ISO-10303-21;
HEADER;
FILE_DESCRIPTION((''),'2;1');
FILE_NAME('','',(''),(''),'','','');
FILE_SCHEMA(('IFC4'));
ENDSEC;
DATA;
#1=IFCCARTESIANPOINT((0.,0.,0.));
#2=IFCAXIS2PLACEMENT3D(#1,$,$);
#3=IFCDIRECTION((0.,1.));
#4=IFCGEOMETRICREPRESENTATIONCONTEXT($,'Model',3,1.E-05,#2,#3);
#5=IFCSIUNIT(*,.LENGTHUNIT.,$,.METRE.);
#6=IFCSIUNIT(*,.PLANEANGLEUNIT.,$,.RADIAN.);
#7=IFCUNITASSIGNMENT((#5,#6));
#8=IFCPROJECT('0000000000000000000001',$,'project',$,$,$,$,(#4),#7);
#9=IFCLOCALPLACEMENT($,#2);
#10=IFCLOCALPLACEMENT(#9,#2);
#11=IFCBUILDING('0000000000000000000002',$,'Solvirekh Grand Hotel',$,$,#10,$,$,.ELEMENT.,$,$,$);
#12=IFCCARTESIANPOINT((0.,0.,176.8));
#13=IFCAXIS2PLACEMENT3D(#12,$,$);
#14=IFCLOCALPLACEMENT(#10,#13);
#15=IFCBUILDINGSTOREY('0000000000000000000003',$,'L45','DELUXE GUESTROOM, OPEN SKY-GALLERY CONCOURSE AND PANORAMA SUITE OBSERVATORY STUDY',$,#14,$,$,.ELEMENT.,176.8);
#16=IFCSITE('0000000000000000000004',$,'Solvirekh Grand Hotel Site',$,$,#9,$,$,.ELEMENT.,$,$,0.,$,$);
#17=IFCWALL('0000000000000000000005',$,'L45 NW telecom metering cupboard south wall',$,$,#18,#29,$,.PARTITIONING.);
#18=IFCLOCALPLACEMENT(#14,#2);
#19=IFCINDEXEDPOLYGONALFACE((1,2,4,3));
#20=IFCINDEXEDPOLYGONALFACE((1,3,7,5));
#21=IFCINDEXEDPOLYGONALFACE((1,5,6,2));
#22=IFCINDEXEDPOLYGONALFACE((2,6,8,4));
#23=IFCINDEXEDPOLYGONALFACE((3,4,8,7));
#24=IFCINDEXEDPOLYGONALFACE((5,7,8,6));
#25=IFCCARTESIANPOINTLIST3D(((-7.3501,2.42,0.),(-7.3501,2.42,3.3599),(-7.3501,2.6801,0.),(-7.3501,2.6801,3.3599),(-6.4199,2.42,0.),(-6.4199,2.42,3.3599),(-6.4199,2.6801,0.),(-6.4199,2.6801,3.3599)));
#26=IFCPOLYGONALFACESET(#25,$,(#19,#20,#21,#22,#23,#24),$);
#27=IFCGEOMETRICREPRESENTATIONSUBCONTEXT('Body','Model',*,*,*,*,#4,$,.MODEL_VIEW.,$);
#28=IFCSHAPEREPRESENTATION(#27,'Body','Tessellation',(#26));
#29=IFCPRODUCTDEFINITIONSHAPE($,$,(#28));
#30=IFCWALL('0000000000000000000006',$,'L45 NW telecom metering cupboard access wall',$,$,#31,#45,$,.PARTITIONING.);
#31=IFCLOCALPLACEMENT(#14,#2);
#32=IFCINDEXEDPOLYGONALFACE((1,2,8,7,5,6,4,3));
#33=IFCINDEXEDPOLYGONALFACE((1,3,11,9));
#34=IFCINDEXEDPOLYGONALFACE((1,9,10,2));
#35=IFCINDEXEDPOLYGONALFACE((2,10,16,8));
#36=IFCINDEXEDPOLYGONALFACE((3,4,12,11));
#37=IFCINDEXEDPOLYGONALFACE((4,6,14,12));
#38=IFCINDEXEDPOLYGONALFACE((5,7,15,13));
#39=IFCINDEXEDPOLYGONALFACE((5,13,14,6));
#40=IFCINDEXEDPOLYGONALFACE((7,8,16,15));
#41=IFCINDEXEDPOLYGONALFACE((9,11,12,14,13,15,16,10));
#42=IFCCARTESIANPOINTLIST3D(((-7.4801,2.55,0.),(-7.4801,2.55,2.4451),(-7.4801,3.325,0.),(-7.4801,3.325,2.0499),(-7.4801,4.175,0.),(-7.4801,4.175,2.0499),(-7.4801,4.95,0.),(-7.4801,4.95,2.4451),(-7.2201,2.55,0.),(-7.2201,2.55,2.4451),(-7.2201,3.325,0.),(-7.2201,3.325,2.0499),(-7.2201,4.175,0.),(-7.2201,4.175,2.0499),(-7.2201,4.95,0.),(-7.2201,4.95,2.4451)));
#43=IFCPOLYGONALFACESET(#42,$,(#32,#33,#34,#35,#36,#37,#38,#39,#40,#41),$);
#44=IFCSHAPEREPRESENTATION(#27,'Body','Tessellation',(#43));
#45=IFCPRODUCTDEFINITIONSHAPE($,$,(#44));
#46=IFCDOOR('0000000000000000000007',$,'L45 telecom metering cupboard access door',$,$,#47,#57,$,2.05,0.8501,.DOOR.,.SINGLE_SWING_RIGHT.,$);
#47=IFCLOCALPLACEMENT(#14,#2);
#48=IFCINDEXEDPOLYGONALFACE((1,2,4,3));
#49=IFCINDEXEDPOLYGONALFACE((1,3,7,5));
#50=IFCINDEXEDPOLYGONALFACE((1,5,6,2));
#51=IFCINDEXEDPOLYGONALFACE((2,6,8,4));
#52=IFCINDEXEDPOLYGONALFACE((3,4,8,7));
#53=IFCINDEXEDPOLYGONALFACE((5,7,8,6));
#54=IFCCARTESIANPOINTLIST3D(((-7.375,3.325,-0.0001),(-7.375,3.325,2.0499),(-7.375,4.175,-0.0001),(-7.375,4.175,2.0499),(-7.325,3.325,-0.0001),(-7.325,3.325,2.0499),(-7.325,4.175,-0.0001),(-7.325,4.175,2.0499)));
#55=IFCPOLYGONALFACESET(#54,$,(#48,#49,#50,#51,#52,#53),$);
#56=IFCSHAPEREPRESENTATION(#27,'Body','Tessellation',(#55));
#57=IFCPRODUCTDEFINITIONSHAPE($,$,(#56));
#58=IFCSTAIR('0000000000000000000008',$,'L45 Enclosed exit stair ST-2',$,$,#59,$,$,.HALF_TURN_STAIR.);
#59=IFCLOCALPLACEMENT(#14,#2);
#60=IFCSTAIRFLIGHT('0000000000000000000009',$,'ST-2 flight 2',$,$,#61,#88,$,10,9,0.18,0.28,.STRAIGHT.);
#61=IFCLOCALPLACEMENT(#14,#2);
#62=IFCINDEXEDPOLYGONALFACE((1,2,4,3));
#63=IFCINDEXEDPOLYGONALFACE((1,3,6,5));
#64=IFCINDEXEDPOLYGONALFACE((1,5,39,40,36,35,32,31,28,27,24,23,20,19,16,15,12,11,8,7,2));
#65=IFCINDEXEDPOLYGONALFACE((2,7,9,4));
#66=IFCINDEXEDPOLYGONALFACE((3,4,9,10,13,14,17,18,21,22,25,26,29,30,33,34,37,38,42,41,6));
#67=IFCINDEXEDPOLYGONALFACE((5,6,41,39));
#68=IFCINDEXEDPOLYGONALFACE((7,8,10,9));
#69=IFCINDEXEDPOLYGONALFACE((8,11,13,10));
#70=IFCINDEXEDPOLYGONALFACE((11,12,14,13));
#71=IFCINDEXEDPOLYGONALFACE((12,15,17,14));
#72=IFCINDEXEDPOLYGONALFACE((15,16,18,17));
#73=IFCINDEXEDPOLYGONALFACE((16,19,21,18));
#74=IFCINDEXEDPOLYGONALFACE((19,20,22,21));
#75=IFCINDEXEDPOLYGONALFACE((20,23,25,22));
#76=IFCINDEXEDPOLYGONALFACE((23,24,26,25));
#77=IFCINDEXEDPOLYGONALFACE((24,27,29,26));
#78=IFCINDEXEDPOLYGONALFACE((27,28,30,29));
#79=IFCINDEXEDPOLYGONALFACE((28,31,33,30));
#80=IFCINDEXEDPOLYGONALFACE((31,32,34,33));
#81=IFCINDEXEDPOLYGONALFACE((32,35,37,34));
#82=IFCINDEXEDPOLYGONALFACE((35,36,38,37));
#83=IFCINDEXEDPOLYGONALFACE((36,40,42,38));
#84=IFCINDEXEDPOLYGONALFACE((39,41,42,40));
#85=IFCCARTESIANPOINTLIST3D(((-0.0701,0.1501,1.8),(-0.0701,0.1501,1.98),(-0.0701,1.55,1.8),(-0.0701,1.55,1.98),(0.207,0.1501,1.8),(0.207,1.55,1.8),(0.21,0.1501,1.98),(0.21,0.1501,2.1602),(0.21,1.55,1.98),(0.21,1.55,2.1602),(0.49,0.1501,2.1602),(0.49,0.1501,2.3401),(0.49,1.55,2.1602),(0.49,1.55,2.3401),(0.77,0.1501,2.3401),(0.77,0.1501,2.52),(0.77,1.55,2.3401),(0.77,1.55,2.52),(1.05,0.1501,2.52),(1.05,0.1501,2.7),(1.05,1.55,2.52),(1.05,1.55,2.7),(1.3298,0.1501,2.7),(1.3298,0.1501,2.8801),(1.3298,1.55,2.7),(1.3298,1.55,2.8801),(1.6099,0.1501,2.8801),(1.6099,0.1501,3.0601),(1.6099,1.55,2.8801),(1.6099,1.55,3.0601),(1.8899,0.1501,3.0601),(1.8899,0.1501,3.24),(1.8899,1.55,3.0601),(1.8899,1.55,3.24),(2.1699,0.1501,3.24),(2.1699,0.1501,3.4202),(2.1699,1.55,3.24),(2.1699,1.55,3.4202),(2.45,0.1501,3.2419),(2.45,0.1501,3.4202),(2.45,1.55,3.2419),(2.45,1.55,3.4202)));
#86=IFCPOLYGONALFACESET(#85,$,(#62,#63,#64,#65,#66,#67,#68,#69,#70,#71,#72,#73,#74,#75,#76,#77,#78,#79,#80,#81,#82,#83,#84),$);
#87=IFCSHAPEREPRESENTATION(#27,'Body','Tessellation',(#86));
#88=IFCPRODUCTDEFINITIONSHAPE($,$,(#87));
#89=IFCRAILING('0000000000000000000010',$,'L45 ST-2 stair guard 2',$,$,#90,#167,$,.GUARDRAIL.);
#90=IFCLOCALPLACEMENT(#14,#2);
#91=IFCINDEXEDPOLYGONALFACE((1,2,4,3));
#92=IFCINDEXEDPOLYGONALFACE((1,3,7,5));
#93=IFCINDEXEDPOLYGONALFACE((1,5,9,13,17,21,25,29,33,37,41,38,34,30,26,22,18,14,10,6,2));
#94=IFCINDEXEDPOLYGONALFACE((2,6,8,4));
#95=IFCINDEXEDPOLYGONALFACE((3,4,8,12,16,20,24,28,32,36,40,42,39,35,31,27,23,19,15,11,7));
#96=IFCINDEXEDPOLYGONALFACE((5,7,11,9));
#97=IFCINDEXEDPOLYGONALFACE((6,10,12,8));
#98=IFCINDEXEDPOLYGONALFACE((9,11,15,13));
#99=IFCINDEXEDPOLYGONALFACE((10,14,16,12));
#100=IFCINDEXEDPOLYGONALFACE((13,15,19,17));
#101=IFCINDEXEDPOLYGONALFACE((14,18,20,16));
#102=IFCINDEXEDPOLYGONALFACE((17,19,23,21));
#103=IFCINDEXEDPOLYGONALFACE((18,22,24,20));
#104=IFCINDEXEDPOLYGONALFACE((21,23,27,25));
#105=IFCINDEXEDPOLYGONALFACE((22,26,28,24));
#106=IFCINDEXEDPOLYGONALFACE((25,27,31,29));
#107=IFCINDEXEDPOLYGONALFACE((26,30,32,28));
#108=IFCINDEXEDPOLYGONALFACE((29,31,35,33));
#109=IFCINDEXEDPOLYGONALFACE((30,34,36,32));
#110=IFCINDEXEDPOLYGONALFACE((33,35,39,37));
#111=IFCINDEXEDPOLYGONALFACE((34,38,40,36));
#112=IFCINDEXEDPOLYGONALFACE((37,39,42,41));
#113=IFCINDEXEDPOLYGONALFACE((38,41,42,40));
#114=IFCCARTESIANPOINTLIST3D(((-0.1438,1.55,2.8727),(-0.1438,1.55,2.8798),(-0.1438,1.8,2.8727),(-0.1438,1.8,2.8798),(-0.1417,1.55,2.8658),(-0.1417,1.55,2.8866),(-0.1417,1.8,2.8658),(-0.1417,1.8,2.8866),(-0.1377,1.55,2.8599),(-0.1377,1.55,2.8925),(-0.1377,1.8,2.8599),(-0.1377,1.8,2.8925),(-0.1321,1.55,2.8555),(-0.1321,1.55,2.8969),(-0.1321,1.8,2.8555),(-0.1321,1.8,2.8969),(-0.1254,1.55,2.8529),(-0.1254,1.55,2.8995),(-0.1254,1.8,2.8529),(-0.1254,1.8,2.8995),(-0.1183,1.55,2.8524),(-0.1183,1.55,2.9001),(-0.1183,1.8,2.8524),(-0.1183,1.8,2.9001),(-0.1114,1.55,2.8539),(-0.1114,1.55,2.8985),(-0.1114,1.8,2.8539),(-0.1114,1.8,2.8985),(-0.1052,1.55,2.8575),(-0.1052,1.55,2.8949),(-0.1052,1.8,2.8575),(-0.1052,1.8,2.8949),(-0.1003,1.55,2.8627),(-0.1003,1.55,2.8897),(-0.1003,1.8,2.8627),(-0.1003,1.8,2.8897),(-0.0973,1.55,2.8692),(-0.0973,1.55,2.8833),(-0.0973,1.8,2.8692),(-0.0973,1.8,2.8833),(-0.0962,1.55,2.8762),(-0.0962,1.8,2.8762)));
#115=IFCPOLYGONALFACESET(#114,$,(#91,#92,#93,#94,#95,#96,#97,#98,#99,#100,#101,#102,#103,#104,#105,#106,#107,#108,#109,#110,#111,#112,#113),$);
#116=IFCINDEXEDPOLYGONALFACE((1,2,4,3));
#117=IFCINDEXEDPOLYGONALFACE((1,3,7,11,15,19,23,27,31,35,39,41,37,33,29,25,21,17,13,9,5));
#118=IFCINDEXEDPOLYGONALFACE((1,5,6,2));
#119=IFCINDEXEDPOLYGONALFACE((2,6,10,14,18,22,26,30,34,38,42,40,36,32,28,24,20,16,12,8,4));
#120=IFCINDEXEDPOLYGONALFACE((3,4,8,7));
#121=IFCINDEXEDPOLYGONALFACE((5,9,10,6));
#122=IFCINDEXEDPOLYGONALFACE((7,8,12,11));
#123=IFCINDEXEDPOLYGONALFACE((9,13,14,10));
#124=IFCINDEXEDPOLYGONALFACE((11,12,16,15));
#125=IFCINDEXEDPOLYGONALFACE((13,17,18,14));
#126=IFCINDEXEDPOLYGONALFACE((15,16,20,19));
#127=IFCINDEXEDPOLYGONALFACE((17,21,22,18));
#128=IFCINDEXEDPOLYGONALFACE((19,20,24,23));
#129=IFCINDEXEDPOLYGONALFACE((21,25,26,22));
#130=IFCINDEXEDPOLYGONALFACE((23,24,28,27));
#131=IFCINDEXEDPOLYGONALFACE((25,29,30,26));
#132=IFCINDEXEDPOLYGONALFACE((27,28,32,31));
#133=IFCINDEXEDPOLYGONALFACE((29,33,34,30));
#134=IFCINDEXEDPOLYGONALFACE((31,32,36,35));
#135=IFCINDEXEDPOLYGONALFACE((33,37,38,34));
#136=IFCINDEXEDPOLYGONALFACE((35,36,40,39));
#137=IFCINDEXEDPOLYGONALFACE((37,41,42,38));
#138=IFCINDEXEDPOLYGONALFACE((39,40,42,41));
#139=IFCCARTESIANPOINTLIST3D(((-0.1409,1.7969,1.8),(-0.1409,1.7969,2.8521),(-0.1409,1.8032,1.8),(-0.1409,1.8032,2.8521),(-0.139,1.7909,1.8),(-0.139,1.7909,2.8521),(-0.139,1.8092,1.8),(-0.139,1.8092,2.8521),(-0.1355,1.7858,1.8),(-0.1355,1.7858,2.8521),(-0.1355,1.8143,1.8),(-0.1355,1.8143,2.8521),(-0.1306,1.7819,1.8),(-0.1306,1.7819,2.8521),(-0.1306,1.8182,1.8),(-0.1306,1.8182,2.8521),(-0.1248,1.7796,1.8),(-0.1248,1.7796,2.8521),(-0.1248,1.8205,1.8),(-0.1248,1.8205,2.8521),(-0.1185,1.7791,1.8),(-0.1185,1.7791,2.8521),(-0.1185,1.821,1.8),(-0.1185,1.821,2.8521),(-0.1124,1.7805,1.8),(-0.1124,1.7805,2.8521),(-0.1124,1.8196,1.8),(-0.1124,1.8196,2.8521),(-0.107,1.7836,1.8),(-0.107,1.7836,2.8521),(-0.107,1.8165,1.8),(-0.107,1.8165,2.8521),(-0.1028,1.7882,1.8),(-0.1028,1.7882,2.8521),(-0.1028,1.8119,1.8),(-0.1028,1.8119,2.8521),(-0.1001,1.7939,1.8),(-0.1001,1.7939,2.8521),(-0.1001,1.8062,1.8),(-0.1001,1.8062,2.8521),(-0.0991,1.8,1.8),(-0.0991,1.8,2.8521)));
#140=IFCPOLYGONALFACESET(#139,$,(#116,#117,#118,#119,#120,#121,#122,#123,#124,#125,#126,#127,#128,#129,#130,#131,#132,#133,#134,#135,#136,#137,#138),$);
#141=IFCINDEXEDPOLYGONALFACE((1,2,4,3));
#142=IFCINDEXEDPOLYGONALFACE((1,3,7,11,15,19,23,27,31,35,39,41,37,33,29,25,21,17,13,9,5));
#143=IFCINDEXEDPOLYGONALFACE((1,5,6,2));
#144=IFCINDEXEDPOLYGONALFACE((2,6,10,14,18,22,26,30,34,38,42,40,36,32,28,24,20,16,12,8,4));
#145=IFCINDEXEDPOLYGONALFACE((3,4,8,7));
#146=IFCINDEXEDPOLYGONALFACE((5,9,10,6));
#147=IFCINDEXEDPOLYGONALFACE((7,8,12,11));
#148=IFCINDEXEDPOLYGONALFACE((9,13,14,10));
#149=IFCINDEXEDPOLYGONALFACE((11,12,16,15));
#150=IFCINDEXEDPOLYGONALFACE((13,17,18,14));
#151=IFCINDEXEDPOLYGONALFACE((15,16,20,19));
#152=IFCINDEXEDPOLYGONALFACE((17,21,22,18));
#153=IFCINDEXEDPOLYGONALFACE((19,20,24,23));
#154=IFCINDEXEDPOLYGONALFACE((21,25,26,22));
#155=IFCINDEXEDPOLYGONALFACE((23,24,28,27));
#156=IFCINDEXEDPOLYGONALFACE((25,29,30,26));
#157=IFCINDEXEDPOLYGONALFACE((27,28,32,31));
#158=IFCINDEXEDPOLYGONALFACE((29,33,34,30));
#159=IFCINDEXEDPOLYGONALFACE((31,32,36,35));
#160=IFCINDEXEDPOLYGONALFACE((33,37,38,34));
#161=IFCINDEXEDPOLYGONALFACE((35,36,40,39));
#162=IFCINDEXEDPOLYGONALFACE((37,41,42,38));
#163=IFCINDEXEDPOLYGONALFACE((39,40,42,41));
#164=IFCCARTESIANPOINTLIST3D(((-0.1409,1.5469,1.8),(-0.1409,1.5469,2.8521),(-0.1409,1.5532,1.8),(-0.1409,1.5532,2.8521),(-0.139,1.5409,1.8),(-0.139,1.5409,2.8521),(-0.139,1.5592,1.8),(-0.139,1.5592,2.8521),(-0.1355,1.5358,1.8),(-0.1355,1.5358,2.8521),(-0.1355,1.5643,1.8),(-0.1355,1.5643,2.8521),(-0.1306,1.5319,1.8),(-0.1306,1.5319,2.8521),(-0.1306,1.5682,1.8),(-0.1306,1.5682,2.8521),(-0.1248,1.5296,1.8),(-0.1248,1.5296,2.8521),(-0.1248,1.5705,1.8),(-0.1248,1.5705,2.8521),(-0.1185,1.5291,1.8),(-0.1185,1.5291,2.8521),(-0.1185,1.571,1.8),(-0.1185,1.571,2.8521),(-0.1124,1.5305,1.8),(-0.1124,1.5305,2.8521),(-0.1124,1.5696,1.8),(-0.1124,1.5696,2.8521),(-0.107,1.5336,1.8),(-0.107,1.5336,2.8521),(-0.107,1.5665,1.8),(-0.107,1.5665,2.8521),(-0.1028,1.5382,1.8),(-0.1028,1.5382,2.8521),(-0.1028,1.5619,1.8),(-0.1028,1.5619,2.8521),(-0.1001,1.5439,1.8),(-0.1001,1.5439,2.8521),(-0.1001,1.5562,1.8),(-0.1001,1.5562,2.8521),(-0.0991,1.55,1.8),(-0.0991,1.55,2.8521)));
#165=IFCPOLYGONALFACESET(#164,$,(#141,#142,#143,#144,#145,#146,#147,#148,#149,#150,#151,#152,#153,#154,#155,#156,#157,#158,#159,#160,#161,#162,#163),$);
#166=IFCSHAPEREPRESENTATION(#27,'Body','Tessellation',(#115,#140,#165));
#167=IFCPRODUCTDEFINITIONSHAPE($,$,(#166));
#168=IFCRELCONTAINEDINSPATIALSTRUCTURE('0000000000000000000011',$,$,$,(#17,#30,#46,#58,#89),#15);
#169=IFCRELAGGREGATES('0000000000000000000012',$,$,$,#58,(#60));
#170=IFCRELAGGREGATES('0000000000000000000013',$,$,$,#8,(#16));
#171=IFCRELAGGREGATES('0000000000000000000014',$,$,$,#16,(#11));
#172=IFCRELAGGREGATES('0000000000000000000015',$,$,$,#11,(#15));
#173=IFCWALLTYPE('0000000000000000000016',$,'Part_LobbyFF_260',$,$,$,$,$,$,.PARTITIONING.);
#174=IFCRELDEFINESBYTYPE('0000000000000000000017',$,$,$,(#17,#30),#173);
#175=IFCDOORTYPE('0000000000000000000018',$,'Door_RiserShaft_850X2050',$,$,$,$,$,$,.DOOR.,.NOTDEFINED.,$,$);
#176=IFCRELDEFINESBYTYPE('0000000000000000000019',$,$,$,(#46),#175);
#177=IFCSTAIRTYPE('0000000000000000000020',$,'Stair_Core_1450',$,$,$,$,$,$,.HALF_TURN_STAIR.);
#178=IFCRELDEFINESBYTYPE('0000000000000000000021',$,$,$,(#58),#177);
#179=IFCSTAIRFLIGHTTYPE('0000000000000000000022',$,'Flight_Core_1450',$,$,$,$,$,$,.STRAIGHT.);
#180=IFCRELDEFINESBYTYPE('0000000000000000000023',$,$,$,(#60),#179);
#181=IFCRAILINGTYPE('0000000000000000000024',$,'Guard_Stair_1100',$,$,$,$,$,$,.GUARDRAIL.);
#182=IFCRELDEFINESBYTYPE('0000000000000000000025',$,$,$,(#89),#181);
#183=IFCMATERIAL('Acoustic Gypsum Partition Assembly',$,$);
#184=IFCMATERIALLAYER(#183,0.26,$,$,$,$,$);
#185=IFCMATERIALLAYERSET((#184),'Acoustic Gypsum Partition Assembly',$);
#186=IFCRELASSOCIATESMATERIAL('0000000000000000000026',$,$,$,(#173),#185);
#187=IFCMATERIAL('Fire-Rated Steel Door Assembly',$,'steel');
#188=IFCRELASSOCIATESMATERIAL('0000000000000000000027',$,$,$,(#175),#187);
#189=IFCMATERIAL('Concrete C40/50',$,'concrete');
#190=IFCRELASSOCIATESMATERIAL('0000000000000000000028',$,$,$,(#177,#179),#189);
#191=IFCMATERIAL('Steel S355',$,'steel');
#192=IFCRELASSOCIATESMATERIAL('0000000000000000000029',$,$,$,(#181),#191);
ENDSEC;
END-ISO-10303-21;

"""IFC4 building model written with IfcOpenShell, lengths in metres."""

from ifc_helpers import new_model, si_unit, direction, frame, frame_2d, origin, origin_2d, place, context, subcontext, project, spatial, polyline, rectangle, circle, outline, extrude, material, layer, layer_set, type_object, element, fill, aggregate, save


model = new_model("IFC4")

# Units and contexts
model_context = context("Model", 3, precision=1e-05, world=origin(), true_north=direction((0.0, 1.0)))
body_context = subcontext(model_context, "Body", "Model", "MODEL_VIEW")
ifc_project = project(units=[si_unit("LENGTHUNIT", "METRE"), si_unit("PLANEANGLEUNIT", "RADIAN")], contexts=[model_context])

# Site, building, storey
site_placement = place(None, origin())
site = spatial("IfcSite", under=ifc_project, at=site_placement, Name="Solvirekh Grand Hotel Site", CompositionType="ELEMENT", RefElevation=0.0)
building_placement = place(site_placement, origin())
building = spatial("IfcBuilding", under=site, at=building_placement, Name="Solvirekh Grand Hotel", CompositionType="ELEMENT")
storey_placement = place(building_placement, frame((0.0, 0.0, 176.8)))
storey = spatial("IfcBuildingStorey", under=building, at=storey_placement, Name="L45", Description="DELUXE GUESTROOM, OPEN SKY-GALLERY CONCOURSE AND PANORAMA SUITE OBSERVATORY STUDY", CompositionType="ELEMENT", Elevation=176.8)

# Shared definitions
ifc_material_1 = material(Name="Concrete C40/50", Category="concrete")
ifc_material_2 = material(Name="Fire-Rated Steel Door Assembly", Category="steel")

# Wall
ifc_material_3 = material(Name="Acoustic Gypsum Partition Assembly")
ifc_layer_1 = layer(ifc_material_3, 0.26)
ifc_layer_set_1 = layer_set([ifc_layer_1], Name="Acoustic Gypsum Partition Assembly")
wall_type_1 = type_object("IfcWallType", Name="Part_LobbyFF_260", PredefinedType="PARTITIONING", material=ifc_layer_set_1)
for number, where, z_axis, x_axis, name in (
    (1, (-7.3501, 2.55, 0.0), (0.0, 0.0, 1.0), (1.0, 0.0, 0.0), "L45 NW telecom metering cupboard south wall"),
):
    element("IfcWall", number, at=place(storey_placement, frame(where, z_axis=z_axis, x_axis=x_axis)), inside=storey, type_object=wall_type_1, Name=name, PredefinedType="PARTITIONING", context=body_context, shape_type="SweptSolid", body=[
        extrude(rectangle(XDim=0.9302, YDim=0.26, at=frame_2d((0.4651, 0.0))), origin(), (0.0, 0.0, 1.0), 3.3599),
    ])

# Wall, opening, door
wall_1_placement = place(storey_placement, frame((-7.3501, 2.55, 0.0), z_axis=(0.0, 0.0, 1.0), x_axis=(0.0, 1.0, 0.0)))
wall_1 = element("IfcWall", 2, at=wall_1_placement, inside=storey, type_object=wall_type_1, Name="L45 NW telecom metering cupboard access wall", PredefinedType="PARTITIONING", context=body_context, shape_type="SweptSolid", body=[
    extrude(rectangle(XDim=2.3999, YDim=0.26, at=frame_2d((1.2, 0.0))), origin(), (0.0, 0.0, 1.0), 2.4451),
])
opening_1_placement = place(wall_1_placement, frame((0.7749, 0.0, 0.0)))
opening_1 = element("IfcOpeningElement", 3, at=opening_1_placement, cuts=wall_1, PredefinedType="OPENING", context=body_context, shape_type="SweptSolid", body=[
    extrude(rectangle(XDim=0.8501, YDim=2.05, at=frame_2d((0.425, 1.0249))), frame((0.0, 0.1401, 0.0), z_axis=(0.0, -1.0, 0.0), x_axis=(1.0, 0.0, 0.0)), (0.0, 0.0, 1.0), 0.28),
])
door_type_1 = type_object("IfcDoorType", Name="Door_RiserShaft_850X2050", OperationType="NOTDEFINED", PredefinedType="DOOR", material=ifc_material_2)
door_1_placement = place(opening_1_placement, origin())
door_1 = element("IfcDoor", 4, at=door_1_placement, inside=storey, type_object=door_type_1, Name="L45 telecom metering cupboard access door", OperationType="SINGLE_SWING_RIGHT", OverallHeight=2.05, OverallWidth=0.8501, PredefinedType="DOOR", context=body_context, shape_type="SweptSolid", body=[
    extrude(rectangle(XDim=0.8501, YDim=2.05, at=frame_2d((0.425, 1.0249))), frame((0.0, 0.0249, 0.0), z_axis=(0.0, -1.0, 0.0), x_axis=(1.0, 0.0, 0.0)), (0.0, 0.0, 1.0), 0.05),
])
fill(opening_1, door_1)

# Stair, stair flight
stair_type = type_object("IfcStairType", Name="Stair_Core_1450", PredefinedType="HALF_TURN_STAIR", material=ifc_material_1)
stair_placement = place(storey_placement, origin())
stair = element("IfcStair", 5, at=stair_placement, inside=storey, type_object=stair_type, Name="L45 Enclosed exit stair ST-2", PredefinedType="HALF_TURN_STAIR")
stair_flight_type = type_object("IfcStairFlightType", Name="Flight_Core_1450", PredefinedType="STRAIGHT", material=ifc_material_1)
stair_flight_placement = place(storey_placement, frame((-0.0701, 0.8501, 1.8), z_axis=(0.0, 0.0, 1.0), x_axis=(1.0, 0.0, 0.0)))
stair_flight = element("IfcStairFlight", 6, at=stair_flight_placement, type_object=stair_flight_type, Name="ST-2 flight 2", NumberOfRisers=10, NumberOfTreads=9, PredefinedType="STRAIGHT", RiserHeight=0.18, TreadLength=0.28, context=body_context, shape_type="SweptSolid", body=[
    extrude(outline(polyline([(0.0, 0.0), (0.0, 0.1799), (0.28, 0.1799), (0.28, 0.3601), (0.5601, 0.3601), (0.5601, 0.54), (0.8401, 0.54), (0.8401, 0.72), (1.1201, 0.72), (1.1201, 0.8999), (1.3999, 0.8999), (1.3999, 1.0801), (1.6799, 1.0801), (1.6799, 1.26), (1.96, 1.26), (1.96, 1.4399), (2.24, 1.4399), (2.24, 1.6201), (2.52, 1.6201), (2.52, 1.8), (2.52, 1.4419), (0.2771, 0.0), (0.0, 0.0)])), frame((0.0, 0.7, 0.0), z_axis=(0.0, -1.0, 0.0), x_axis=(1.0, 0.0, 0.0)), (0.0, 0.0, 1.0), 1.3999),
])
aggregate(stair, [stair_flight])

# Railing
ifc_material_4 = material(Name="Steel S355", Category="steel")
railing_type_1 = type_object("IfcRailingType", Name="Guard_Stair_1100", PredefinedType="GUARDRAIL", material=ifc_material_4)
railing_1_placement = place(storey_placement, frame((-0.1201, 1.8, 1.8)))
element("IfcRailing", 7, at=railing_1_placement, inside=storey, type_object=railing_type_1, Name="L45 ST-2 stair guard 2", PredefinedType="GUARDRAIL", context=body_context, shape_type="SweptSolid", body=[
    extrude(circle(Radius=0.0239, at=origin_2d()), frame((0.0, 0.0, 1.0762), z_axis=(0.0, -1.0, 0.0), x_axis=(1.0, 0.0, 0.0)), (0.0, 0.0, 1.0), 0.25),
    extrude(circle(Radius=0.021, at=origin_2d()), origin(), (0.0, 0.0, 1.0), 1.052),
    extrude(circle(Radius=0.021, at=origin_2d()), frame((0.0, -0.25, 0.0)), (0.0, 0.0, 1.0), 1.052),
])

save(model, "model.ifc")
